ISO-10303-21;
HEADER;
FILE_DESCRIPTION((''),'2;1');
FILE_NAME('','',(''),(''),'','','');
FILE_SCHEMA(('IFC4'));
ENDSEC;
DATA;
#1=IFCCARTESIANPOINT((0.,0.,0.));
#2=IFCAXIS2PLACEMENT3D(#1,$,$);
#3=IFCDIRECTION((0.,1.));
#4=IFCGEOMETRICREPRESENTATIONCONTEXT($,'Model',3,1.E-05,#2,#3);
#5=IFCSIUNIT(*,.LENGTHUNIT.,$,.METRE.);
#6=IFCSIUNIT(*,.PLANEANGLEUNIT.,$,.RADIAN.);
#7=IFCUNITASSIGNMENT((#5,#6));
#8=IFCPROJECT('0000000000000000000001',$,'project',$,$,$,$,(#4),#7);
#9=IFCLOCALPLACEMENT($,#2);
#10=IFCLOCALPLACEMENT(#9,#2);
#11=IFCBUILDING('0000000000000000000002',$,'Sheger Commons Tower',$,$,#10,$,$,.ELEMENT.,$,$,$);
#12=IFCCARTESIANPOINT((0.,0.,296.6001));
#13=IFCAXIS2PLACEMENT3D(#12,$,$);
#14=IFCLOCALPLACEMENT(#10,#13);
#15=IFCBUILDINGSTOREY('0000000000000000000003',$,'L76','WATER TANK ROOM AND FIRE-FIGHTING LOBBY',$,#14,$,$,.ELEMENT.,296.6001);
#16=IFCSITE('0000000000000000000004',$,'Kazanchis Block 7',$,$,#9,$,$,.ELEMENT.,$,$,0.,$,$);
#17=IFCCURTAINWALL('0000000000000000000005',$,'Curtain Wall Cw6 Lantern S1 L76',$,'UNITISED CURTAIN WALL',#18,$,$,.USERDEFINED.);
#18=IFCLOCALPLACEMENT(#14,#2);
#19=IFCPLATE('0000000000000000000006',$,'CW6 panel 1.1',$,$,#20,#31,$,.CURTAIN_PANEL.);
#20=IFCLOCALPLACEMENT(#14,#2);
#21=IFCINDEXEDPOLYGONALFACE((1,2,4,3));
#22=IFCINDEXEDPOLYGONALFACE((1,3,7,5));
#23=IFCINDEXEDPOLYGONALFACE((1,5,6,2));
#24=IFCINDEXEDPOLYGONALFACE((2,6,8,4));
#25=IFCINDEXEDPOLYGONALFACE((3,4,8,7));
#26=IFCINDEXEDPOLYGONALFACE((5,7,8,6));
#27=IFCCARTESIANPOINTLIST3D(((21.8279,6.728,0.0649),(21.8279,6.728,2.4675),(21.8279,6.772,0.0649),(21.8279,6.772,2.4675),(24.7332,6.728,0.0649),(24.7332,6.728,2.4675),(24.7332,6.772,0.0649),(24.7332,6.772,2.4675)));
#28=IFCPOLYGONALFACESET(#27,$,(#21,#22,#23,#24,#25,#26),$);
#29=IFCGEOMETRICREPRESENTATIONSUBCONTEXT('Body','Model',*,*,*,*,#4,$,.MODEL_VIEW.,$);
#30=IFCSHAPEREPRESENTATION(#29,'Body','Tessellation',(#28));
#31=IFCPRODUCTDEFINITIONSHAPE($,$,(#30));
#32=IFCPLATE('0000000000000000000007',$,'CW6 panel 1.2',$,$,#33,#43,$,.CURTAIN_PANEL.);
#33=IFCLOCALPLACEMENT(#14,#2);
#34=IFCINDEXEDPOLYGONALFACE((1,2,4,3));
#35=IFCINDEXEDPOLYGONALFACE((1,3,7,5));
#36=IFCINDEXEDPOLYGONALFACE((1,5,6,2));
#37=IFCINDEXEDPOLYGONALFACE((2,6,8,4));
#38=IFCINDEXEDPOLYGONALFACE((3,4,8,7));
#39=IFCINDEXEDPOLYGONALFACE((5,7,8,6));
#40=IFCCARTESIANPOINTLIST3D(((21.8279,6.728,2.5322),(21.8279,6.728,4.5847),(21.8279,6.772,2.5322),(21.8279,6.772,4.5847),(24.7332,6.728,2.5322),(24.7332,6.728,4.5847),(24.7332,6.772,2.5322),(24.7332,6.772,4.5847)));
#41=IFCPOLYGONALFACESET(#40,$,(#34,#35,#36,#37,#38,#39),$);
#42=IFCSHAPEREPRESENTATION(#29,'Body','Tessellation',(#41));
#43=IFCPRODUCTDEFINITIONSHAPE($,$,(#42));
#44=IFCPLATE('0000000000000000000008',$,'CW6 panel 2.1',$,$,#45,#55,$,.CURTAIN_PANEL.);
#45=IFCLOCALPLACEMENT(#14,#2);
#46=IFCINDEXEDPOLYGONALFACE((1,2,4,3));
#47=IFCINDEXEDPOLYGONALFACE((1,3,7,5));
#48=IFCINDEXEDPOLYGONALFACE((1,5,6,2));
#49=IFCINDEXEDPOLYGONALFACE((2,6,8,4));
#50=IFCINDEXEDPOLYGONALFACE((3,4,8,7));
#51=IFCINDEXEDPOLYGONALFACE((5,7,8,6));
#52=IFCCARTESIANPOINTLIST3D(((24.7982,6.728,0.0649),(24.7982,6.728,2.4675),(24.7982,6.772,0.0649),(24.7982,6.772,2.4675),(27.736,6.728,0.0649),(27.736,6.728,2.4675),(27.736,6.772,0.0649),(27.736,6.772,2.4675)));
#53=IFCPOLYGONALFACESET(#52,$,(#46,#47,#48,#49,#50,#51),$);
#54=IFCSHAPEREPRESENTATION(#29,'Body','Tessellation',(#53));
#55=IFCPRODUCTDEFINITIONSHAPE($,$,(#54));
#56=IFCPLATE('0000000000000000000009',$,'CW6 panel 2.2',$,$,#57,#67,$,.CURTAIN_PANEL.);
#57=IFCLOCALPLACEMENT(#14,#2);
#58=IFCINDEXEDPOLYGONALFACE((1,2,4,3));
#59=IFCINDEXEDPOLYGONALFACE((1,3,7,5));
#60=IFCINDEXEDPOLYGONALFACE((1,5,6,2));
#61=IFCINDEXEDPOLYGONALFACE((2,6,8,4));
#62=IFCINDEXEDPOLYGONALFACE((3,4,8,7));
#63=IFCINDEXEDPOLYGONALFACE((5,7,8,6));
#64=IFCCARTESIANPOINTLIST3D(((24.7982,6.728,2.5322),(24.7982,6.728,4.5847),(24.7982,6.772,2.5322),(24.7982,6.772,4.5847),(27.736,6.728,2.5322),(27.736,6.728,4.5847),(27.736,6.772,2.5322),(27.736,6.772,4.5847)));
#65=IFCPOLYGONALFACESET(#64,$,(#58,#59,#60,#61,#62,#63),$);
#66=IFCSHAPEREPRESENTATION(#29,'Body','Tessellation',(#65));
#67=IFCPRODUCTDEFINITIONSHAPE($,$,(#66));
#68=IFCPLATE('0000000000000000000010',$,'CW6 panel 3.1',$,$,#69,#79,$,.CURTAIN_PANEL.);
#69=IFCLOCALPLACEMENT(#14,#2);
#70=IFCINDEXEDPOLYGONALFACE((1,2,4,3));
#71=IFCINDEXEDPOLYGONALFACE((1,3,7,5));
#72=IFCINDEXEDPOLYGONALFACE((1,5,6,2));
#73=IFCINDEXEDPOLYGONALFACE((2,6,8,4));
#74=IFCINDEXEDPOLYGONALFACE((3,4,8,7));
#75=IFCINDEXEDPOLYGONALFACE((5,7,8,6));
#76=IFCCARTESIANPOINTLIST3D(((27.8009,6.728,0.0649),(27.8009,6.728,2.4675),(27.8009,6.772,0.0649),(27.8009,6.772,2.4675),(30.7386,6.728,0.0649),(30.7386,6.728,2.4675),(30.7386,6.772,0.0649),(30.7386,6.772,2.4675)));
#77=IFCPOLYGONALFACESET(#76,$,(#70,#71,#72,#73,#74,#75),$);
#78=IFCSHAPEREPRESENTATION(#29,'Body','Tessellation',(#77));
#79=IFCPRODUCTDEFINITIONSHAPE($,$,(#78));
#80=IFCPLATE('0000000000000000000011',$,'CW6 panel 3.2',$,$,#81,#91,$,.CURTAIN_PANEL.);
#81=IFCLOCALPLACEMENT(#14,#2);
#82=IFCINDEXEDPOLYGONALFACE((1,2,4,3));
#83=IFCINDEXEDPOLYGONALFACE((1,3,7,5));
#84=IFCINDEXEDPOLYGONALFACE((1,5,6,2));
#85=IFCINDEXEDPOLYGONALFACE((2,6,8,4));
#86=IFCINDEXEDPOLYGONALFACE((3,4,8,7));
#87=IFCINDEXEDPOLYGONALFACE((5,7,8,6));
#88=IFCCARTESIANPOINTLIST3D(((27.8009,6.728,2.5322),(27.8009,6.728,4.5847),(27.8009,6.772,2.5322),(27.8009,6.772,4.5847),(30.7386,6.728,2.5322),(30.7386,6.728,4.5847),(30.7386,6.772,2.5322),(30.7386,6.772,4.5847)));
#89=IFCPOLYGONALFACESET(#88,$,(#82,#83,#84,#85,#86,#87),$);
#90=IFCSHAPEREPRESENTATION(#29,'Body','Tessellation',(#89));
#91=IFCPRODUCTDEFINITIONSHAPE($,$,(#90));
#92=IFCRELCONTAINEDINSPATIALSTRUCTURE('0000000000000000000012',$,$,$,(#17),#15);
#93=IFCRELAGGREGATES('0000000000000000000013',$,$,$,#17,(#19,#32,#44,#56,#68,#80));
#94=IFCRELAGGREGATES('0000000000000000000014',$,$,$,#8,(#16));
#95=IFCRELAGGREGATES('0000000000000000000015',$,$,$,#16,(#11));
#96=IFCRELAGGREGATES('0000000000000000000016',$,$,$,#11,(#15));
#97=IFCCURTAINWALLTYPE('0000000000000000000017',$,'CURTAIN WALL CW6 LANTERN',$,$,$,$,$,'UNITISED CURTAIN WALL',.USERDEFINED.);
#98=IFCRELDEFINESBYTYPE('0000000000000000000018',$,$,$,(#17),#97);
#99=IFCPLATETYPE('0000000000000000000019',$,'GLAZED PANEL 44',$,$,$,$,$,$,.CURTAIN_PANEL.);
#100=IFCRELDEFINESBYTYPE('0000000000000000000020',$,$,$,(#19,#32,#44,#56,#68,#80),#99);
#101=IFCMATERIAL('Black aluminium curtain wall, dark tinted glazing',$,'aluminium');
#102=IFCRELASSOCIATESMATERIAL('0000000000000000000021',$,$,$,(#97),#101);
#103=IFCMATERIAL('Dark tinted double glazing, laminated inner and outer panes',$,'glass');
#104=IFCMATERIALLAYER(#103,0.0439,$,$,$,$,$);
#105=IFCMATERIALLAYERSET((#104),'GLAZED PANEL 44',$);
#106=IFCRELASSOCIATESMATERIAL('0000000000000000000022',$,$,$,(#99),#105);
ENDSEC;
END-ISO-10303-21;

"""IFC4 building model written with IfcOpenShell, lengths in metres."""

from ifc_helpers import new_model, si_unit, direction, frame, origin, origin_2d, place, context, subcontext, project, spatial, rectangle, extrude, material, layer, layer_set, type_object, element, aggregate, save


model = new_model("IFC4")

# Units and contexts
model_context = context("Model", 3, precision=1e-05, world=origin(), true_north=direction((0.0, 1.0)))
body_context = subcontext(model_context, "Body", "Model", "MODEL_VIEW")
ifc_project = project(units=[si_unit("LENGTHUNIT", "METRE"), si_unit("PLANEANGLEUNIT", "RADIAN")], contexts=[model_context])

# Site, building, storey
site_placement = place(None, origin())
site = spatial("IfcSite", under=ifc_project, at=site_placement, Name="Kazanchis Block 7", CompositionType="ELEMENT", RefElevation=0.0)
building_placement = place(site_placement, origin())
building = spatial("IfcBuilding", under=site, at=building_placement, Name="Sheger Commons Tower", CompositionType="ELEMENT")
storey_placement = place(building_placement, frame((0.0, 0.0, 296.6001)))
storey = spatial("IfcBuildingStorey", under=building, at=storey_placement, Name="L76", Description="WATER TANK ROOM AND FIRE-FIGHTING LOBBY", CompositionType="ELEMENT", Elevation=296.6001)

# Curtain wall, plates
ifc_material_1 = material(Name="Black aluminium curtain wall, dark tinted glazing", Category="aluminium")
curtain_wall_type = type_object("IfcCurtainWallType", Name="CURTAIN WALL CW6 LANTERN", ElementType="UNITISED CURTAIN WALL", PredefinedType="USERDEFINED", material=ifc_material_1)
curtain_wall_placement = place(storey_placement, origin())
curtain_wall = element("IfcCurtainWall", 1, at=curtain_wall_placement, inside=storey, type_object=curtain_wall_type, Name="Curtain Wall Cw6 Lantern S1 L76", ObjectType="UNITISED CURTAIN WALL", PredefinedType="USERDEFINED")
ifc_material_2 = material(Name="Dark tinted double glazing, laminated inner and outer panes", Category="glass")
ifc_layer = layer(ifc_material_2, 0.0439)
ifc_layer_set = layer_set([ifc_layer], Name="GLAZED PANEL 44")
plate_type = type_object("IfcPlateType", Name="GLAZED PANEL 44", PredefinedType="CURTAIN_PANEL", material=ifc_layer_set)
plate_1_placement = place(storey_placement, frame((23.2805, 6.75, 0.0649), z_axis=(0.0, 0.0, 1.0), x_axis=(1.0, 0.0, 0.0)))
plate_1 = element("IfcPlate", 2, at=plate_1_placement, type_object=plate_type, Name="CW6 panel 1.1", PredefinedType="CURTAIN_PANEL", context=body_context, shape_type="SweptSolid", body=[
    extrude(rectangle(XDim=2.9053, YDim=0.0439, at=origin_2d()), origin(), (0.0, 0.0, 1.0), 2.4026),
])
plate_2_placement = place(storey_placement, frame((23.2805, 6.75, 2.5322), z_axis=(0.0, 0.0, 1.0), x_axis=(1.0, 0.0, 0.0)))
plate_2 = element("IfcPlate", 3, at=plate_2_placement, type_object=plate_type, Name="CW6 panel 1.2", PredefinedType="CURTAIN_PANEL", context=body_context, shape_type="SweptSolid", body=[
    extrude(rectangle(XDim=2.9053, YDim=0.0439, at=origin_2d()), origin(), (0.0, 0.0, 1.0), 2.0525),
])
plate_3_placement = place(storey_placement, frame((26.2671, 6.75, 0.0649), z_axis=(0.0, 0.0, 1.0), x_axis=(1.0, 0.0, 0.0)))
plate_3 = element("IfcPlate", 4, at=plate_3_placement, type_object=plate_type, Name="CW6 panel 2.1", PredefinedType="CURTAIN_PANEL", context=body_context, shape_type="SweptSolid", body=[
    extrude(rectangle(XDim=2.9377, YDim=0.0439, at=origin_2d()), origin(), (0.0, 0.0, 1.0), 2.4026),
])
plate_4_placement = place(storey_placement, frame((26.2671, 6.75, 2.5322), z_axis=(0.0, 0.0, 1.0), x_axis=(1.0, 0.0, 0.0)))
plate_4 = element("IfcPlate", 5, at=plate_4_placement, type_object=plate_type, Name="CW6 panel 2.2", PredefinedType="CURTAIN_PANEL", context=body_context, shape_type="SweptSolid", body=[
    extrude(rectangle(XDim=2.9377, YDim=0.0439, at=origin_2d()), origin(), (0.0, 0.0, 1.0), 2.0525),
])
plate_5_placement = place(storey_placement, frame((29.2698, 6.75, 0.0649), z_axis=(0.0, 0.0, 1.0), x_axis=(1.0, 0.0, 0.0)))
plate_5 = element("IfcPlate", 6, at=plate_5_placement, type_object=plate_type, Name="CW6 panel 3.1", PredefinedType="CURTAIN_PANEL", context=body_context, shape_type="SweptSolid", body=[
    extrude(rectangle(XDim=2.9377, YDim=0.0439, at=origin_2d()), origin(), (0.0, 0.0, 1.0), 2.4026),
])
plate_6_placement = place(storey_placement, frame((29.2698, 6.75, 2.5322), z_axis=(0.0, 0.0, 1.0), x_axis=(1.0, 0.0, 0.0)))
plate_6 = element("IfcPlate", 7, at=plate_6_placement, type_object=plate_type, Name="CW6 panel 3.2", PredefinedType="CURTAIN_PANEL", context=body_context, shape_type="SweptSolid", body=[
    extrude(rectangle(XDim=2.9377, YDim=0.0439, at=origin_2d()), origin(), (0.0, 0.0, 1.0), 2.0525),
])
aggregate(curtain_wall, [plate_1, plate_2, plate_3, plate_4, plate_5, plate_6])

save(model, "model.ifc")
